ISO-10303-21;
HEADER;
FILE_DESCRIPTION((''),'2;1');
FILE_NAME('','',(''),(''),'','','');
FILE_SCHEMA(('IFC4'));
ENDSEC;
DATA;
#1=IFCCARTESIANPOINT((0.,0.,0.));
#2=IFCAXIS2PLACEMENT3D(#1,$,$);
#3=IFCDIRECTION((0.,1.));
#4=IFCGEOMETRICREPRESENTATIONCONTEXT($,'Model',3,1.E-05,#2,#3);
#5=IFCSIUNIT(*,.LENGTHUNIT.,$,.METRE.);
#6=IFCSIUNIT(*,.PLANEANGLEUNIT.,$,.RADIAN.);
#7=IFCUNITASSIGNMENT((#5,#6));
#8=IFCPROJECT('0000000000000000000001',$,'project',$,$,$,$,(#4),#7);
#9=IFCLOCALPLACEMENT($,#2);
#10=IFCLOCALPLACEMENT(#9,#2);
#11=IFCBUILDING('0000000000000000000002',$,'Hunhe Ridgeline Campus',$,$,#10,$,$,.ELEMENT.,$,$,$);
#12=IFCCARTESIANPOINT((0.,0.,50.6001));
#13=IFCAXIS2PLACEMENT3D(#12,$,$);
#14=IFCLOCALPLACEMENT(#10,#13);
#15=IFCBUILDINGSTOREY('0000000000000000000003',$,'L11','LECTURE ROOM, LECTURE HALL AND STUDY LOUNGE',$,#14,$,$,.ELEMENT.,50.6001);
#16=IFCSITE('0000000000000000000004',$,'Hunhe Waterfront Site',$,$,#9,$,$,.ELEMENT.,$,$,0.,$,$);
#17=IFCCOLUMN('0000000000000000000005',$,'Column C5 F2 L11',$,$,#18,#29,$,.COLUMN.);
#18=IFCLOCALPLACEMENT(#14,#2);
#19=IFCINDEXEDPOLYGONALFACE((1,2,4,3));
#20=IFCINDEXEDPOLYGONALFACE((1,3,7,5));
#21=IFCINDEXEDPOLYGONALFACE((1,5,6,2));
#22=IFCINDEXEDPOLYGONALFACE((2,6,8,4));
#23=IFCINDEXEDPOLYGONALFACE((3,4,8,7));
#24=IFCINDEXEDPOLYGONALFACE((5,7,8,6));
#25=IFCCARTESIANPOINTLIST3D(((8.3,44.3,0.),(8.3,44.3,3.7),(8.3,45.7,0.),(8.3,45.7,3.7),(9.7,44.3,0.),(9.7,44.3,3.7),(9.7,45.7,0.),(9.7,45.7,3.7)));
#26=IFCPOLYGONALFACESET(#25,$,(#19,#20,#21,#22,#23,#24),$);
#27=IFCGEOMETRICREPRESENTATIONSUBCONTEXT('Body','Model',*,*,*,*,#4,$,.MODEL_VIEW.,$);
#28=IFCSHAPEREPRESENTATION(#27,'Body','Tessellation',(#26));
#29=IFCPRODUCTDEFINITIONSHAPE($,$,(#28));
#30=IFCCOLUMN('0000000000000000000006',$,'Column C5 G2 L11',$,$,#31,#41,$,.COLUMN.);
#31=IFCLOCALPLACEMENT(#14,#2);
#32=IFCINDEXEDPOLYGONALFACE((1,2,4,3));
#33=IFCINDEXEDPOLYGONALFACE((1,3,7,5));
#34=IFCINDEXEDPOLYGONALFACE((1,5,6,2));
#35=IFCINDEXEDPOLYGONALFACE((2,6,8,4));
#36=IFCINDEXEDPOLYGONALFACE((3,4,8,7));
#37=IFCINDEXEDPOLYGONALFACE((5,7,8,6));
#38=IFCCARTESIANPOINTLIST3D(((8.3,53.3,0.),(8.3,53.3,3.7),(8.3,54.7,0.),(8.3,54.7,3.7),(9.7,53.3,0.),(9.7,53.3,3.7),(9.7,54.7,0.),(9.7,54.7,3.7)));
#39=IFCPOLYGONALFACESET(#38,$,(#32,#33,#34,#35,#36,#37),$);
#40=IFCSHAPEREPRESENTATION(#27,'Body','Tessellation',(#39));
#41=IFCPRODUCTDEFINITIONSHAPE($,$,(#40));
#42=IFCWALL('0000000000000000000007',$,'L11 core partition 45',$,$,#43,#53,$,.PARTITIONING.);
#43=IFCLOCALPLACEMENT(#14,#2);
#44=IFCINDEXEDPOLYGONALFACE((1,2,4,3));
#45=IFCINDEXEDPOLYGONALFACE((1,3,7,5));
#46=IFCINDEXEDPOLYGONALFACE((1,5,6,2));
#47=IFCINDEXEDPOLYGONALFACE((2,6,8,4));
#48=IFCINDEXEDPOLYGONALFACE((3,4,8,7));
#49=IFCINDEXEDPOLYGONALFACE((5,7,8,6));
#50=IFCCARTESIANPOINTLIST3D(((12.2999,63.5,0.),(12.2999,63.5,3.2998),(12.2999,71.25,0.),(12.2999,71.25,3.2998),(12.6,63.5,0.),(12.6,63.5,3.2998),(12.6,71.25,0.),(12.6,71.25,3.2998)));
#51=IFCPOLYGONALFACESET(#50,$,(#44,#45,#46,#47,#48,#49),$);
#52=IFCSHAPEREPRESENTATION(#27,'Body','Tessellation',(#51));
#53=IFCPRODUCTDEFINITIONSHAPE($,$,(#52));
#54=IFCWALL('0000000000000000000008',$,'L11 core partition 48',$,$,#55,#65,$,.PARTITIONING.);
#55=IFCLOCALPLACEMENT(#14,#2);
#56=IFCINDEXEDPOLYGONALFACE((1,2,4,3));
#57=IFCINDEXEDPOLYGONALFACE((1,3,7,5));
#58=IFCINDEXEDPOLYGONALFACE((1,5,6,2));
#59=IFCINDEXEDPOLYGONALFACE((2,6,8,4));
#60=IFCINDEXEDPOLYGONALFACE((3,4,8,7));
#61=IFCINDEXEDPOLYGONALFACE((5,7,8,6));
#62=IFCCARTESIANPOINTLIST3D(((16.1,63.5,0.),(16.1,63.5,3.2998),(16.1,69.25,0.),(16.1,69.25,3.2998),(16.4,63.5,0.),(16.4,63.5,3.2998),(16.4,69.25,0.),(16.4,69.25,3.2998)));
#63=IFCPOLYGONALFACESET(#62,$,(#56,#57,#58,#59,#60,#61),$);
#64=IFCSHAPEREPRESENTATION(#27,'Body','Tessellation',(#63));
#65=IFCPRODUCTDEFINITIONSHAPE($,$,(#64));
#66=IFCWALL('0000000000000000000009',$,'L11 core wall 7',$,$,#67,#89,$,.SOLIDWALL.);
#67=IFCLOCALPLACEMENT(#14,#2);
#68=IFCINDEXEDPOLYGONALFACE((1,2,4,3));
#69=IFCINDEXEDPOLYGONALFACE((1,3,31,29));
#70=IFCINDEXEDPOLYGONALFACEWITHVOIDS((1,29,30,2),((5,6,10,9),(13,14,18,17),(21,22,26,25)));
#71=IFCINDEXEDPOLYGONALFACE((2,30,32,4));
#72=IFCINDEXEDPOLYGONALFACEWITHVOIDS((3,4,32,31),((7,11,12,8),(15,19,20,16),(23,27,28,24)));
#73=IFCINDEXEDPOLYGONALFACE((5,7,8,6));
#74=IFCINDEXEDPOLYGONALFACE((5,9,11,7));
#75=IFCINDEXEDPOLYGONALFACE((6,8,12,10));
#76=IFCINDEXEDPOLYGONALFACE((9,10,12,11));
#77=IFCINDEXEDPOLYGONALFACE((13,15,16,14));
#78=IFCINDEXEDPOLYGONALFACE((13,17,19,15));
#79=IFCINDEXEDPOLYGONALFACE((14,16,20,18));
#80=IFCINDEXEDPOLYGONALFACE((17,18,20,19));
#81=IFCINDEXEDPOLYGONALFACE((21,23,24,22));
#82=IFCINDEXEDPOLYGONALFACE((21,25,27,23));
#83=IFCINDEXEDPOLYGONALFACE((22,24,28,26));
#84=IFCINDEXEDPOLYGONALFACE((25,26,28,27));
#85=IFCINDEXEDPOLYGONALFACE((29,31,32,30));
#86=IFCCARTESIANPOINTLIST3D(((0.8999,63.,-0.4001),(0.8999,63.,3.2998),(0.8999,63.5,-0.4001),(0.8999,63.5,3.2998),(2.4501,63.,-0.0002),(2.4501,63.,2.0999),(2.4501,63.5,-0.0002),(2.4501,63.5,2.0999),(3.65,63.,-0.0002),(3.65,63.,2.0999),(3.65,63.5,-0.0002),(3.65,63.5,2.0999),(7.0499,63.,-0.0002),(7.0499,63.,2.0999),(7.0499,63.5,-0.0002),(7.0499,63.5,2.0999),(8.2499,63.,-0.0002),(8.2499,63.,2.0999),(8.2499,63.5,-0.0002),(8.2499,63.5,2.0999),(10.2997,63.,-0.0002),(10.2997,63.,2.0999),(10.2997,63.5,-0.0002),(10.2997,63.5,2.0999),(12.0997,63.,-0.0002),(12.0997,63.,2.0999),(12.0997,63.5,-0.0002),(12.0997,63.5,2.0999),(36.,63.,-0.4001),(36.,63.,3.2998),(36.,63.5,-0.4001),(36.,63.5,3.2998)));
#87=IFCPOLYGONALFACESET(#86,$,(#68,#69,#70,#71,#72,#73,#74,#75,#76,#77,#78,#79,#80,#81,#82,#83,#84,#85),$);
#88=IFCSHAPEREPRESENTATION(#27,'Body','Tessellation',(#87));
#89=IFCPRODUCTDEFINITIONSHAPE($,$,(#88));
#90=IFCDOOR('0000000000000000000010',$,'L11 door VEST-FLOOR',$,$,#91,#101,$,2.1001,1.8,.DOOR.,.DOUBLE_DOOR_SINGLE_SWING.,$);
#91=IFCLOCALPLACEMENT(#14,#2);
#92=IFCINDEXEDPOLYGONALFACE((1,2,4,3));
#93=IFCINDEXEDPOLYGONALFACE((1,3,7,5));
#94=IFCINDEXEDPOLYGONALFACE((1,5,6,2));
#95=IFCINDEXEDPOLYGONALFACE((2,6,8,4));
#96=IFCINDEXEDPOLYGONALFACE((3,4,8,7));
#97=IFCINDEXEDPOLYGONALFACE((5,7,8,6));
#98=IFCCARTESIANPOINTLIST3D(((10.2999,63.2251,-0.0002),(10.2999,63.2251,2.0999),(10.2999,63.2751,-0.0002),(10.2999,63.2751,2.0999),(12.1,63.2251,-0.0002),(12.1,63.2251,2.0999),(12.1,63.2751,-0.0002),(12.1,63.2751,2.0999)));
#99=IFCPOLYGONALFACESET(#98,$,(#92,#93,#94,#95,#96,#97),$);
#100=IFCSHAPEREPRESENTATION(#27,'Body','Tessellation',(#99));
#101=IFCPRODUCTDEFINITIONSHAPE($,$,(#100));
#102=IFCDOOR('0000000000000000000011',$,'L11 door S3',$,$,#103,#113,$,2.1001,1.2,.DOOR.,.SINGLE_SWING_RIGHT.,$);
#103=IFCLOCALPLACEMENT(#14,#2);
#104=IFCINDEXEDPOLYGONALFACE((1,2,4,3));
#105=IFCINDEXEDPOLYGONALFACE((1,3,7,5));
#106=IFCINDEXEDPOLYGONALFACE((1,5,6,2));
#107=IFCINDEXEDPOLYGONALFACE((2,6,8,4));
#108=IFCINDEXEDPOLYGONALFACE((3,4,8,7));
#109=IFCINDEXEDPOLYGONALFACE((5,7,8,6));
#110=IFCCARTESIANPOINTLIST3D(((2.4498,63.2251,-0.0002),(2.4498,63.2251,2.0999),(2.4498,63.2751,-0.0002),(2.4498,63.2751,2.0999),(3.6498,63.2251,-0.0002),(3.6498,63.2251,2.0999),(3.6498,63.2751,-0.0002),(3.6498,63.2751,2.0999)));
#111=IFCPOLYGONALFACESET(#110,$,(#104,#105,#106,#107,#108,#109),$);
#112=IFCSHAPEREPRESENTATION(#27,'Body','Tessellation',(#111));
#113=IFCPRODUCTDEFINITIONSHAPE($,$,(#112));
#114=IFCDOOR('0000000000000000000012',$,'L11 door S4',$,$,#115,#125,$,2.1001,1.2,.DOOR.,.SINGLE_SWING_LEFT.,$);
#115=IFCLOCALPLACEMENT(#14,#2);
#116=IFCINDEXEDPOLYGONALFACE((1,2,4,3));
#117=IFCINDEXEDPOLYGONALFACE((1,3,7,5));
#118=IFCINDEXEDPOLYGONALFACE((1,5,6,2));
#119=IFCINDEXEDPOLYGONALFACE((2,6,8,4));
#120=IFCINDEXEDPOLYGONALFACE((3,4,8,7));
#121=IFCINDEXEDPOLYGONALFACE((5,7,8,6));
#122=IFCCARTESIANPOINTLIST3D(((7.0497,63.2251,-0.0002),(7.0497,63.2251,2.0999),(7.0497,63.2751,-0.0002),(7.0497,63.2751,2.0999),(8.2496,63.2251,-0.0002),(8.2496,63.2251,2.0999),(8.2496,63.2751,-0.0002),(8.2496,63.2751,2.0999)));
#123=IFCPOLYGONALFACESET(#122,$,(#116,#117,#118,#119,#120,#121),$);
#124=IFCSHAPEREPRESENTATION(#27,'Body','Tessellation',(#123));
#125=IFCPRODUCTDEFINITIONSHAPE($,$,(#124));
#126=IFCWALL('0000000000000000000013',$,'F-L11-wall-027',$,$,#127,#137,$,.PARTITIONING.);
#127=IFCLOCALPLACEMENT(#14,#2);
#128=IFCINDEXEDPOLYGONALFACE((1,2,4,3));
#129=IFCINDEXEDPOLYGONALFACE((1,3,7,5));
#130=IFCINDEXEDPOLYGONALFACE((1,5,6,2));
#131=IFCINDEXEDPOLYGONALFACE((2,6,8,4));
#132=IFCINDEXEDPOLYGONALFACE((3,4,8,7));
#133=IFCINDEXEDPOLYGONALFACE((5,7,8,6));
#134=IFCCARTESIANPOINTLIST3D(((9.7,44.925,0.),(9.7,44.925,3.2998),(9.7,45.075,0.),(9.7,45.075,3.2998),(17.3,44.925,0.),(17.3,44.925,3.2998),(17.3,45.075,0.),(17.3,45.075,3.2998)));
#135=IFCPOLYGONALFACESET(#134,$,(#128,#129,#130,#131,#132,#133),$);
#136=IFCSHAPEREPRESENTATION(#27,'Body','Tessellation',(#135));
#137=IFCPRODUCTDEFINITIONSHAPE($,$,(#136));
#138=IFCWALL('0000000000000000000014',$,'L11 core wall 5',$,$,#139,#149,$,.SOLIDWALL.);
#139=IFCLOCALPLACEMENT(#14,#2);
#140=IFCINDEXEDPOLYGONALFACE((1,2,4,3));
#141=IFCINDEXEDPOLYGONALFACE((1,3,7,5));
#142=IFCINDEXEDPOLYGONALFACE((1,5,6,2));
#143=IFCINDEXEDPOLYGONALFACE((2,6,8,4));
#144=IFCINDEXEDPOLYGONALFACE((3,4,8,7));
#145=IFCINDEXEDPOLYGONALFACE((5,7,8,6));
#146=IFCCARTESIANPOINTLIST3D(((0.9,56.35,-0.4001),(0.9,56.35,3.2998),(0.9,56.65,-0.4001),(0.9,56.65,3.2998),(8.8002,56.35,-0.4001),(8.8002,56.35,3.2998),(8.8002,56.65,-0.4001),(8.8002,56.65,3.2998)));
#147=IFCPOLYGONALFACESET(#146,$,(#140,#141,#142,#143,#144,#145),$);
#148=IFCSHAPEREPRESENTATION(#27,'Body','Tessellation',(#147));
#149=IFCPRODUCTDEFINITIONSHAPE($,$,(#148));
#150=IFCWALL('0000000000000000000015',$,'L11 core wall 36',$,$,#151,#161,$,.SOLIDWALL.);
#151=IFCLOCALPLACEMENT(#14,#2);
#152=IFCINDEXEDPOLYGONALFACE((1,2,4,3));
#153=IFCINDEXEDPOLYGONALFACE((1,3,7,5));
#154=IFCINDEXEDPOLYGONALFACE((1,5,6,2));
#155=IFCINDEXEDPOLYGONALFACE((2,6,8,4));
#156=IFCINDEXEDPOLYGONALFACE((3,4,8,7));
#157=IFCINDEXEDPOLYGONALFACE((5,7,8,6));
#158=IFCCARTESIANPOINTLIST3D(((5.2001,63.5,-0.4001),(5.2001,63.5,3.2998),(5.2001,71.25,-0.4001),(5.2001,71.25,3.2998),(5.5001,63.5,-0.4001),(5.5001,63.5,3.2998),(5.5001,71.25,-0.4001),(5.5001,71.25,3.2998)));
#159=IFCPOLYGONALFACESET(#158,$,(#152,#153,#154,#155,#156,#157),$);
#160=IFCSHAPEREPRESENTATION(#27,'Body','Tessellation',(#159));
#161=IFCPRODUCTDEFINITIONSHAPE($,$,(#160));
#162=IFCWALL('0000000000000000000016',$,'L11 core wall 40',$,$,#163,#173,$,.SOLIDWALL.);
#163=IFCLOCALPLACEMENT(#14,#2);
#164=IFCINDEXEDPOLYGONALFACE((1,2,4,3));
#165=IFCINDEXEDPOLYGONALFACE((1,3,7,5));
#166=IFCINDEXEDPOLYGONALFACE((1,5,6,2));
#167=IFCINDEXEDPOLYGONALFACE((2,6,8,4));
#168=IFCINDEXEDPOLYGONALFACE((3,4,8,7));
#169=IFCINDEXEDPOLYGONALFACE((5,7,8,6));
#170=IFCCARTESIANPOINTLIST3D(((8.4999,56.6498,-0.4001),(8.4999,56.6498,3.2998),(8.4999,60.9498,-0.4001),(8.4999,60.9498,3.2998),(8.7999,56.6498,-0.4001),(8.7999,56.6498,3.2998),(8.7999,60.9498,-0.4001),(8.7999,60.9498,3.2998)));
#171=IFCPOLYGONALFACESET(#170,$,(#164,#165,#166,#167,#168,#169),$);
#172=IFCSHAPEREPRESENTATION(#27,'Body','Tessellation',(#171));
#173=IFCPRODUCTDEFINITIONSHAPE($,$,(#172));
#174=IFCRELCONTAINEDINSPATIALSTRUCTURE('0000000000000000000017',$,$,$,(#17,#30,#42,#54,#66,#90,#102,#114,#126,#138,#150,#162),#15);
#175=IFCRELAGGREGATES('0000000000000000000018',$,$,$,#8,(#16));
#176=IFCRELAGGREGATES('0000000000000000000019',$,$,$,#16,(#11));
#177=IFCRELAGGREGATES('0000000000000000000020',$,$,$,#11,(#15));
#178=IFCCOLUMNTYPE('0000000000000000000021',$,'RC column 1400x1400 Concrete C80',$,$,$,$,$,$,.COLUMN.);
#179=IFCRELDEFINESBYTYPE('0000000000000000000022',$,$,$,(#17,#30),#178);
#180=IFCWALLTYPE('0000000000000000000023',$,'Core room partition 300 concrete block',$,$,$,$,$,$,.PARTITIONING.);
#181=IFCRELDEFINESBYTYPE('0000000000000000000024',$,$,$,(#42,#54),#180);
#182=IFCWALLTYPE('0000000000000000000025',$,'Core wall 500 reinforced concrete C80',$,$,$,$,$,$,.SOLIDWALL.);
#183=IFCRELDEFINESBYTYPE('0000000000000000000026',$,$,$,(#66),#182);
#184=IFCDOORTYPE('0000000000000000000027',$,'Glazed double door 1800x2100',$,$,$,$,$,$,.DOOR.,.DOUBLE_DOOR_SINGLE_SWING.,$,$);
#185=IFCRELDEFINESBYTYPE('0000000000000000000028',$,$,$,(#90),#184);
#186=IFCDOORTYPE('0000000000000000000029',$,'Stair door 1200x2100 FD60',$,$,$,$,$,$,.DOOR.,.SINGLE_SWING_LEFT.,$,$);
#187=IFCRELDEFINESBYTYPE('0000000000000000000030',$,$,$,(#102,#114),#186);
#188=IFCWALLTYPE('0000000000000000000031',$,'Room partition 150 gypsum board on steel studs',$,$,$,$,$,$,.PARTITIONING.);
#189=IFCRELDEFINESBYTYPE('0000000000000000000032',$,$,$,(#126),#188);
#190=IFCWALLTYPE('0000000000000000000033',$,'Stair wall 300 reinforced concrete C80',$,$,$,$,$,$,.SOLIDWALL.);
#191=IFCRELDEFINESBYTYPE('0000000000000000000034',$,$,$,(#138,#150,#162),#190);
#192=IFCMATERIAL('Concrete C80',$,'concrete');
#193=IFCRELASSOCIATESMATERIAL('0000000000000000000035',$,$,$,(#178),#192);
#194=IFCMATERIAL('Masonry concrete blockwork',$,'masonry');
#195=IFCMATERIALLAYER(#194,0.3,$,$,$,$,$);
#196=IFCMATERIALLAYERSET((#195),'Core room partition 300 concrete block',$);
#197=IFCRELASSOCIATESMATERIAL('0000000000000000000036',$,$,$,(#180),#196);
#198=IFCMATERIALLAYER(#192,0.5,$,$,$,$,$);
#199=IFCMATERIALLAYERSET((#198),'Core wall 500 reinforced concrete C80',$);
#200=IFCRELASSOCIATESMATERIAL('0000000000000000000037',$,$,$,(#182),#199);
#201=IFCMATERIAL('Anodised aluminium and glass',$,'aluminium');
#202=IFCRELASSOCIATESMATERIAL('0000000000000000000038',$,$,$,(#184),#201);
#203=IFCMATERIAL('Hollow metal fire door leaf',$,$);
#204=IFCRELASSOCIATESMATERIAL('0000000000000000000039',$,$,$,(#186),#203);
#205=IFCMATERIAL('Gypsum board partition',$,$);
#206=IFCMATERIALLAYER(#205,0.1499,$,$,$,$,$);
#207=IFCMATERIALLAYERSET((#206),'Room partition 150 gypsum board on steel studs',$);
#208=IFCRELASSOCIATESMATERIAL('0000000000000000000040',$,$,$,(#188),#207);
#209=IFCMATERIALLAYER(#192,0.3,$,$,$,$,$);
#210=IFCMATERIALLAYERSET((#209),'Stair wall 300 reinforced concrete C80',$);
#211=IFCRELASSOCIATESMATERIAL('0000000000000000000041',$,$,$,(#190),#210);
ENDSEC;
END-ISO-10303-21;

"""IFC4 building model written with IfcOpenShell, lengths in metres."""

from ifc_helpers import new_model, si_unit, direction, frame, frame_2d, origin, origin_2d, place, context, subcontext, project, spatial, rectangle, extrude, material, layer, layer_set, material_profile, profile_set, type_object, element, fill, save


model = new_model("IFC4")

# Units and contexts
model_context = context("Model", 3, precision=1e-05, world=origin(), true_north=direction((0.0, 1.0)))
body_context = subcontext(model_context, "Body", "Model", "MODEL_VIEW")
ifc_project = project(units=[si_unit("LENGTHUNIT", "METRE"), si_unit("PLANEANGLEUNIT", "RADIAN")], contexts=[model_context])

# Site, building, storey
site_placement = place(None, origin())
site = spatial("IfcSite", under=ifc_project, at=site_placement, Name="Hunhe Waterfront Site", CompositionType="ELEMENT", RefElevation=0.0)
building_placement = place(site_placement, origin())
building = spatial("IfcBuilding", under=site, at=building_placement, Name="Hunhe Ridgeline Campus", CompositionType="ELEMENT")
storey_placement = place(building_placement, frame((0.0, 0.0, 50.6001)))
storey = spatial("IfcBuildingStorey", under=building, at=storey_placement, Name="L11", Description="LECTURE ROOM, LECTURE HALL AND STUDY LOUNGE", CompositionType="ELEMENT", Elevation=50.6001)

# Columns
ifc_material_1 = material(Name="Concrete C80", Category="concrete")
ifc_material_profile = material_profile(ifc_material_1, rectangle(XDim=1.3999, YDim=1.3999, at=origin_2d()))
ifc_profile_set = profile_set([ifc_material_profile], Name="Concrete C80")
column_type = type_object("IfcColumnType", Name="RC column 1400x1400 Concrete C80", PredefinedType="COLUMN", material=ifc_profile_set)
for number, where, z_axis, x_axis, name in (
    (1, (9.0, 45.0, 0.0), (0.0, 0.0, 1.0), (1.0, 0.0, 0.0), "Column C5 F2 L11"),
    (2, (9.0, 54.0, 0.0), (0.0, 0.0, 1.0), (1.0, 0.0, 0.0), "Column C5 G2 L11"),
):
    element("IfcColumn", number, at=place(storey_placement, frame(where, z_axis=z_axis, x_axis=x_axis)), inside=storey, type_object=column_type, Name=name, PredefinedType="COLUMN", context=body_context, shape_type="SweptSolid", body=[
        extrude(rectangle(XDim=1.3999, YDim=1.3999, at=origin_2d()), origin(), (0.0, 0.0, 1.0), 3.7),
    ])

# Walls
ifc_material_2 = material(Name="Masonry concrete blockwork", Category="masonry")
ifc_layer_1 = layer(ifc_material_2, 0.3)
ifc_layer_set_1 = layer_set([ifc_layer_1], Name="Core room partition 300 concrete block")
wall_type_1 = type_object("IfcWallType", Name="Core room partition 300 concrete block", PredefinedType="PARTITIONING", material=ifc_layer_set_1)
wall_1_placement = place(storey_placement, frame((12.45, 63.5, 0.0), z_axis=(0.0, 0.0, 1.0), x_axis=(0.0, 1.0, 0.0)))
element("IfcWall", 3, at=wall_1_placement, inside=storey, type_object=wall_type_1, Name="L11 core partition 45", PredefinedType="PARTITIONING", context=body_context, shape_type="SweptSolid", body=[
    extrude(rectangle(XDim=7.75, YDim=0.3, at=frame_2d((3.875, 0.0))), origin(), (0.0, 0.0, 1.0), 3.2998),
])
wall_2_placement = place(storey_placement, frame((16.25, 63.5, 0.0), z_axis=(0.0, 0.0, 1.0), x_axis=(0.0, 1.0, 0.0)))
element("IfcWall", 4, at=wall_2_placement, inside=storey, type_object=wall_type_1, Name="L11 core partition 48", PredefinedType="PARTITIONING", context=body_context, shape_type="SweptSolid", body=[
    extrude(rectangle(XDim=5.75, YDim=0.3, at=frame_2d((2.875, 0.0))), origin(), (0.0, 0.0, 1.0), 3.2998),
])

# Wall, openings, doors
ifc_layer_2 = layer(ifc_material_1, 0.5)
ifc_layer_set_2 = layer_set([ifc_layer_2], Name="Core wall 500 reinforced concrete C80")
wall_type_2 = type_object("IfcWallType", Name="Core wall 500 reinforced concrete C80", PredefinedType="SOLIDWALL", material=ifc_layer_set_2)
wall_3_placement = place(storey_placement, frame((0.8999, 63.25, -0.4001), z_axis=(0.0, 0.0, 1.0), x_axis=(1.0, 0.0, 0.0)))
wall_3 = element("IfcWall", 5, at=wall_3_placement, inside=storey, type_object=wall_type_2, Name="L11 core wall 7", PredefinedType="SOLIDWALL", context=body_context, shape_type="SweptSolid", body=[
    extrude(rectangle(XDim=35.1001, YDim=0.5, at=frame_2d((17.55, 0.0))), origin(), (0.0, 0.0, 1.0), 3.7),
])
opening_1_placement = place(wall_3_placement, frame((9.3999, 0.0, 0.3999)))
opening_1 = element("IfcOpeningElement", 6, at=opening_1_placement, cuts=wall_3, PredefinedType="OPENING", context=body_context, shape_type="SweptSolid", body=[
    extrude(rectangle(XDim=1.8, YDim=2.1001, at=frame_2d((0.8999, 1.05))), frame((0.0, 0.25, 0.0), z_axis=(0.0, -1.0, 0.0), x_axis=(1.0, 0.0, 0.0)), (0.0, 0.0, 1.0), 0.5),
])
opening_2_placement = place(wall_3_placement, frame((1.55, 0.0, 0.3999)))
opening_2 = element("IfcOpeningElement", 7, at=opening_2_placement, cuts=wall_3, PredefinedType="OPENING", context=body_context, shape_type="SweptSolid", body=[
    extrude(rectangle(XDim=1.2, YDim=2.1001, at=frame_2d((0.6001, 1.05))), frame((0.0, 0.25, 0.0), z_axis=(0.0, -1.0, 0.0), x_axis=(1.0, 0.0, 0.0)), (0.0, 0.0, 1.0), 0.5),
])
opening_3_placement = place(wall_3_placement, frame((6.1499, 0.0, 0.3999)))
opening_3 = element("IfcOpeningElement", 8, at=opening_3_placement, cuts=wall_3, PredefinedType="OPENING", context=body_context, shape_type="SweptSolid", body=[
    extrude(rectangle(XDim=1.2, YDim=2.1001, at=frame_2d((0.6001, 1.05))), frame((0.0, 0.25, 0.0), z_axis=(0.0, -1.0, 0.0), x_axis=(1.0, 0.0, 0.0)), (0.0, 0.0, 1.0), 0.5),
])
ifc_material_3 = material(Name="Anodised aluminium and glass", Category="aluminium")
door_type_1 = type_object("IfcDoorType", Name="Glazed double door 1800x2100", OperationType="DOUBLE_DOOR_SINGLE_SWING", PredefinedType="DOOR", material=ifc_material_3)
door_1_placement = place(opening_1_placement, frame((1.8, 0.0, 0.0), z_axis=(0.0, 0.0, 1.0), x_axis=(-1.0, 0.0, 0.0)))
door_1 = element("IfcDoor", 9, at=door_1_placement, inside=storey, type_object=door_type_1, Name="L11 door VEST-FLOOR", OperationType="DOUBLE_DOOR_SINGLE_SWING", OverallHeight=2.1001, OverallWidth=1.8, PredefinedType="DOOR", context=body_context, shape_type="SweptSolid", body=[
    extrude(rectangle(XDim=1.8, YDim=2.1001, at=frame_2d((0.8999, 1.05))), frame((0.0, 0.0249, 0.0), z_axis=(0.0, -1.0, 0.0), x_axis=(1.0, 0.0, 0.0)), (0.0, 0.0, 1.0), 0.05),
])
fill(opening_1, door_1)
ifc_material_4 = material(Name="Hollow metal fire door leaf")
door_type_2 = type_object("IfcDoorType", Name="Stair door 1200x2100 FD60", OperationType="SINGLE_SWING_LEFT", PredefinedType="DOOR", material=ifc_material_4)
door_2_placement = place(opening_2_placement, frame((1.2, 0.0, 0.0), z_axis=(0.0, 0.0, 1.0), x_axis=(-1.0, 0.0, 0.0)))
door_2 = element("IfcDoor", 10, at=door_2_placement, inside=storey, type_object=door_type_2, Name="L11 door S3", OperationType="SINGLE_SWING_RIGHT", OverallHeight=2.1001, OverallWidth=1.2, PredefinedType="DOOR", context=body_context, shape_type="SweptSolid", body=[
    extrude(rectangle(XDim=1.2, YDim=2.1001, at=frame_2d((0.6001, 1.05))), frame((0.0, 0.0249, 0.0), z_axis=(0.0, -1.0, 0.0), x_axis=(1.0, 0.0, 0.0)), (0.0, 0.0, 1.0), 0.05),
])
fill(opening_2, door_2)
door_3_placement = place(opening_3_placement, frame((1.2, 0.0, 0.0), z_axis=(0.0, 0.0, 1.0), x_axis=(-1.0, 0.0, 0.0)))
door_3 = element("IfcDoor", 11, at=door_3_placement, inside=storey, type_object=door_type_2, Name="L11 door S4", OperationType="SINGLE_SWING_LEFT", OverallHeight=2.1001, OverallWidth=1.2, PredefinedType="DOOR", context=body_context, shape_type="SweptSolid", body=[
    extrude(rectangle(XDim=1.2, YDim=2.1001, at=frame_2d((0.6001, 1.05))), frame((0.0, 0.0249, 0.0), z_axis=(0.0, -1.0, 0.0), x_axis=(1.0, 0.0, 0.0)), (0.0, 0.0, 1.0), 0.05),
])
fill(opening_3, door_3)

# Walls
ifc_material_5 = material(Name="Gypsum board partition")
ifc_layer_3 = layer(ifc_material_5, 0.1499)
ifc_layer_set_3 = layer_set([ifc_layer_3], Name="Room partition 150 gypsum board on steel studs")
wall_type_3 = type_object("IfcWallType", Name="Room partition 150 gypsum board on steel studs", PredefinedType="PARTITIONING", material=ifc_layer_set_3)
wall_4_placement = place(storey_placement, frame((9.7, 45.0, 0.0), z_axis=(0.0, 0.0, 1.0), x_axis=(1.0, 0.0, 0.0)))
element("IfcWall", 12, at=wall_4_placement, inside=storey, type_object=wall_type_3, Name="F-L11-wall-027", PredefinedType="PARTITIONING", context=body_context, shape_type="SweptSolid", body=[
    extrude(rectangle(XDim=7.6001, YDim=0.1499, at=frame_2d((3.8, 0.0))), origin(), (0.0, 0.0, 1.0), 3.2998),
])
ifc_layer_4 = layer(ifc_material_1, 0.3)
ifc_layer_set_4 = layer_set([ifc_layer_4], Name="Stair wall 300 reinforced concrete C80")
wall_type_4 = type_object("IfcWallType", Name="Stair wall 300 reinforced concrete C80", PredefinedType="SOLIDWALL", material=ifc_layer_set_4)
wall_5_placement = place(storey_placement, frame((0.8999, 56.5, -0.4001), z_axis=(0.0, 0.0, 1.0), x_axis=(1.0, 0.0, 0.0)))
element("IfcWall", 13, at=wall_5_placement, inside=storey, type_object=wall_type_4, Name="L11 core wall 5", PredefinedType="SOLIDWALL", context=body_context, shape_type="SweptSolid", body=[
    extrude(rectangle(XDim=7.9001, YDim=0.3, at=frame_2d((3.9502, 0.0))), origin(), (0.0, 0.0, 1.0), 3.7),
])

# Walls
wall_6_placement = place(storey_placement, frame((5.3501, 63.5, -0.4001), z_axis=(0.0, 0.0, 1.0), x_axis=(0.0, 1.0, 0.0)))
element("IfcWall", 14, at=wall_6_placement, inside=storey, type_object=wall_type_4, Name="L11 core wall 36", PredefinedType="SOLIDWALL", context=body_context, shape_type="SweptSolid", body=[
    extrude(rectangle(XDim=7.75, YDim=0.3, at=frame_2d((3.875, 0.0))), origin(), (0.0, 0.0, 1.0), 3.7),
])
wall_7_placement = place(storey_placement, frame((8.6499, 56.6499, -0.4001), z_axis=(0.0, 0.0, 1.0), x_axis=(0.0, 1.0, 0.0)))
element("IfcWall", 15, at=wall_7_placement, inside=storey, type_object=wall_type_4, Name="L11 core wall 40", PredefinedType="SOLIDWALL", context=body_context, shape_type="SweptSolid", body=[
    extrude(rectangle(XDim=4.3, YDim=0.3, at=frame_2d((2.1499, 0.0))), origin(), (0.0, 0.0, 1.0), 3.7),
])

save(model, "model.ifc")
